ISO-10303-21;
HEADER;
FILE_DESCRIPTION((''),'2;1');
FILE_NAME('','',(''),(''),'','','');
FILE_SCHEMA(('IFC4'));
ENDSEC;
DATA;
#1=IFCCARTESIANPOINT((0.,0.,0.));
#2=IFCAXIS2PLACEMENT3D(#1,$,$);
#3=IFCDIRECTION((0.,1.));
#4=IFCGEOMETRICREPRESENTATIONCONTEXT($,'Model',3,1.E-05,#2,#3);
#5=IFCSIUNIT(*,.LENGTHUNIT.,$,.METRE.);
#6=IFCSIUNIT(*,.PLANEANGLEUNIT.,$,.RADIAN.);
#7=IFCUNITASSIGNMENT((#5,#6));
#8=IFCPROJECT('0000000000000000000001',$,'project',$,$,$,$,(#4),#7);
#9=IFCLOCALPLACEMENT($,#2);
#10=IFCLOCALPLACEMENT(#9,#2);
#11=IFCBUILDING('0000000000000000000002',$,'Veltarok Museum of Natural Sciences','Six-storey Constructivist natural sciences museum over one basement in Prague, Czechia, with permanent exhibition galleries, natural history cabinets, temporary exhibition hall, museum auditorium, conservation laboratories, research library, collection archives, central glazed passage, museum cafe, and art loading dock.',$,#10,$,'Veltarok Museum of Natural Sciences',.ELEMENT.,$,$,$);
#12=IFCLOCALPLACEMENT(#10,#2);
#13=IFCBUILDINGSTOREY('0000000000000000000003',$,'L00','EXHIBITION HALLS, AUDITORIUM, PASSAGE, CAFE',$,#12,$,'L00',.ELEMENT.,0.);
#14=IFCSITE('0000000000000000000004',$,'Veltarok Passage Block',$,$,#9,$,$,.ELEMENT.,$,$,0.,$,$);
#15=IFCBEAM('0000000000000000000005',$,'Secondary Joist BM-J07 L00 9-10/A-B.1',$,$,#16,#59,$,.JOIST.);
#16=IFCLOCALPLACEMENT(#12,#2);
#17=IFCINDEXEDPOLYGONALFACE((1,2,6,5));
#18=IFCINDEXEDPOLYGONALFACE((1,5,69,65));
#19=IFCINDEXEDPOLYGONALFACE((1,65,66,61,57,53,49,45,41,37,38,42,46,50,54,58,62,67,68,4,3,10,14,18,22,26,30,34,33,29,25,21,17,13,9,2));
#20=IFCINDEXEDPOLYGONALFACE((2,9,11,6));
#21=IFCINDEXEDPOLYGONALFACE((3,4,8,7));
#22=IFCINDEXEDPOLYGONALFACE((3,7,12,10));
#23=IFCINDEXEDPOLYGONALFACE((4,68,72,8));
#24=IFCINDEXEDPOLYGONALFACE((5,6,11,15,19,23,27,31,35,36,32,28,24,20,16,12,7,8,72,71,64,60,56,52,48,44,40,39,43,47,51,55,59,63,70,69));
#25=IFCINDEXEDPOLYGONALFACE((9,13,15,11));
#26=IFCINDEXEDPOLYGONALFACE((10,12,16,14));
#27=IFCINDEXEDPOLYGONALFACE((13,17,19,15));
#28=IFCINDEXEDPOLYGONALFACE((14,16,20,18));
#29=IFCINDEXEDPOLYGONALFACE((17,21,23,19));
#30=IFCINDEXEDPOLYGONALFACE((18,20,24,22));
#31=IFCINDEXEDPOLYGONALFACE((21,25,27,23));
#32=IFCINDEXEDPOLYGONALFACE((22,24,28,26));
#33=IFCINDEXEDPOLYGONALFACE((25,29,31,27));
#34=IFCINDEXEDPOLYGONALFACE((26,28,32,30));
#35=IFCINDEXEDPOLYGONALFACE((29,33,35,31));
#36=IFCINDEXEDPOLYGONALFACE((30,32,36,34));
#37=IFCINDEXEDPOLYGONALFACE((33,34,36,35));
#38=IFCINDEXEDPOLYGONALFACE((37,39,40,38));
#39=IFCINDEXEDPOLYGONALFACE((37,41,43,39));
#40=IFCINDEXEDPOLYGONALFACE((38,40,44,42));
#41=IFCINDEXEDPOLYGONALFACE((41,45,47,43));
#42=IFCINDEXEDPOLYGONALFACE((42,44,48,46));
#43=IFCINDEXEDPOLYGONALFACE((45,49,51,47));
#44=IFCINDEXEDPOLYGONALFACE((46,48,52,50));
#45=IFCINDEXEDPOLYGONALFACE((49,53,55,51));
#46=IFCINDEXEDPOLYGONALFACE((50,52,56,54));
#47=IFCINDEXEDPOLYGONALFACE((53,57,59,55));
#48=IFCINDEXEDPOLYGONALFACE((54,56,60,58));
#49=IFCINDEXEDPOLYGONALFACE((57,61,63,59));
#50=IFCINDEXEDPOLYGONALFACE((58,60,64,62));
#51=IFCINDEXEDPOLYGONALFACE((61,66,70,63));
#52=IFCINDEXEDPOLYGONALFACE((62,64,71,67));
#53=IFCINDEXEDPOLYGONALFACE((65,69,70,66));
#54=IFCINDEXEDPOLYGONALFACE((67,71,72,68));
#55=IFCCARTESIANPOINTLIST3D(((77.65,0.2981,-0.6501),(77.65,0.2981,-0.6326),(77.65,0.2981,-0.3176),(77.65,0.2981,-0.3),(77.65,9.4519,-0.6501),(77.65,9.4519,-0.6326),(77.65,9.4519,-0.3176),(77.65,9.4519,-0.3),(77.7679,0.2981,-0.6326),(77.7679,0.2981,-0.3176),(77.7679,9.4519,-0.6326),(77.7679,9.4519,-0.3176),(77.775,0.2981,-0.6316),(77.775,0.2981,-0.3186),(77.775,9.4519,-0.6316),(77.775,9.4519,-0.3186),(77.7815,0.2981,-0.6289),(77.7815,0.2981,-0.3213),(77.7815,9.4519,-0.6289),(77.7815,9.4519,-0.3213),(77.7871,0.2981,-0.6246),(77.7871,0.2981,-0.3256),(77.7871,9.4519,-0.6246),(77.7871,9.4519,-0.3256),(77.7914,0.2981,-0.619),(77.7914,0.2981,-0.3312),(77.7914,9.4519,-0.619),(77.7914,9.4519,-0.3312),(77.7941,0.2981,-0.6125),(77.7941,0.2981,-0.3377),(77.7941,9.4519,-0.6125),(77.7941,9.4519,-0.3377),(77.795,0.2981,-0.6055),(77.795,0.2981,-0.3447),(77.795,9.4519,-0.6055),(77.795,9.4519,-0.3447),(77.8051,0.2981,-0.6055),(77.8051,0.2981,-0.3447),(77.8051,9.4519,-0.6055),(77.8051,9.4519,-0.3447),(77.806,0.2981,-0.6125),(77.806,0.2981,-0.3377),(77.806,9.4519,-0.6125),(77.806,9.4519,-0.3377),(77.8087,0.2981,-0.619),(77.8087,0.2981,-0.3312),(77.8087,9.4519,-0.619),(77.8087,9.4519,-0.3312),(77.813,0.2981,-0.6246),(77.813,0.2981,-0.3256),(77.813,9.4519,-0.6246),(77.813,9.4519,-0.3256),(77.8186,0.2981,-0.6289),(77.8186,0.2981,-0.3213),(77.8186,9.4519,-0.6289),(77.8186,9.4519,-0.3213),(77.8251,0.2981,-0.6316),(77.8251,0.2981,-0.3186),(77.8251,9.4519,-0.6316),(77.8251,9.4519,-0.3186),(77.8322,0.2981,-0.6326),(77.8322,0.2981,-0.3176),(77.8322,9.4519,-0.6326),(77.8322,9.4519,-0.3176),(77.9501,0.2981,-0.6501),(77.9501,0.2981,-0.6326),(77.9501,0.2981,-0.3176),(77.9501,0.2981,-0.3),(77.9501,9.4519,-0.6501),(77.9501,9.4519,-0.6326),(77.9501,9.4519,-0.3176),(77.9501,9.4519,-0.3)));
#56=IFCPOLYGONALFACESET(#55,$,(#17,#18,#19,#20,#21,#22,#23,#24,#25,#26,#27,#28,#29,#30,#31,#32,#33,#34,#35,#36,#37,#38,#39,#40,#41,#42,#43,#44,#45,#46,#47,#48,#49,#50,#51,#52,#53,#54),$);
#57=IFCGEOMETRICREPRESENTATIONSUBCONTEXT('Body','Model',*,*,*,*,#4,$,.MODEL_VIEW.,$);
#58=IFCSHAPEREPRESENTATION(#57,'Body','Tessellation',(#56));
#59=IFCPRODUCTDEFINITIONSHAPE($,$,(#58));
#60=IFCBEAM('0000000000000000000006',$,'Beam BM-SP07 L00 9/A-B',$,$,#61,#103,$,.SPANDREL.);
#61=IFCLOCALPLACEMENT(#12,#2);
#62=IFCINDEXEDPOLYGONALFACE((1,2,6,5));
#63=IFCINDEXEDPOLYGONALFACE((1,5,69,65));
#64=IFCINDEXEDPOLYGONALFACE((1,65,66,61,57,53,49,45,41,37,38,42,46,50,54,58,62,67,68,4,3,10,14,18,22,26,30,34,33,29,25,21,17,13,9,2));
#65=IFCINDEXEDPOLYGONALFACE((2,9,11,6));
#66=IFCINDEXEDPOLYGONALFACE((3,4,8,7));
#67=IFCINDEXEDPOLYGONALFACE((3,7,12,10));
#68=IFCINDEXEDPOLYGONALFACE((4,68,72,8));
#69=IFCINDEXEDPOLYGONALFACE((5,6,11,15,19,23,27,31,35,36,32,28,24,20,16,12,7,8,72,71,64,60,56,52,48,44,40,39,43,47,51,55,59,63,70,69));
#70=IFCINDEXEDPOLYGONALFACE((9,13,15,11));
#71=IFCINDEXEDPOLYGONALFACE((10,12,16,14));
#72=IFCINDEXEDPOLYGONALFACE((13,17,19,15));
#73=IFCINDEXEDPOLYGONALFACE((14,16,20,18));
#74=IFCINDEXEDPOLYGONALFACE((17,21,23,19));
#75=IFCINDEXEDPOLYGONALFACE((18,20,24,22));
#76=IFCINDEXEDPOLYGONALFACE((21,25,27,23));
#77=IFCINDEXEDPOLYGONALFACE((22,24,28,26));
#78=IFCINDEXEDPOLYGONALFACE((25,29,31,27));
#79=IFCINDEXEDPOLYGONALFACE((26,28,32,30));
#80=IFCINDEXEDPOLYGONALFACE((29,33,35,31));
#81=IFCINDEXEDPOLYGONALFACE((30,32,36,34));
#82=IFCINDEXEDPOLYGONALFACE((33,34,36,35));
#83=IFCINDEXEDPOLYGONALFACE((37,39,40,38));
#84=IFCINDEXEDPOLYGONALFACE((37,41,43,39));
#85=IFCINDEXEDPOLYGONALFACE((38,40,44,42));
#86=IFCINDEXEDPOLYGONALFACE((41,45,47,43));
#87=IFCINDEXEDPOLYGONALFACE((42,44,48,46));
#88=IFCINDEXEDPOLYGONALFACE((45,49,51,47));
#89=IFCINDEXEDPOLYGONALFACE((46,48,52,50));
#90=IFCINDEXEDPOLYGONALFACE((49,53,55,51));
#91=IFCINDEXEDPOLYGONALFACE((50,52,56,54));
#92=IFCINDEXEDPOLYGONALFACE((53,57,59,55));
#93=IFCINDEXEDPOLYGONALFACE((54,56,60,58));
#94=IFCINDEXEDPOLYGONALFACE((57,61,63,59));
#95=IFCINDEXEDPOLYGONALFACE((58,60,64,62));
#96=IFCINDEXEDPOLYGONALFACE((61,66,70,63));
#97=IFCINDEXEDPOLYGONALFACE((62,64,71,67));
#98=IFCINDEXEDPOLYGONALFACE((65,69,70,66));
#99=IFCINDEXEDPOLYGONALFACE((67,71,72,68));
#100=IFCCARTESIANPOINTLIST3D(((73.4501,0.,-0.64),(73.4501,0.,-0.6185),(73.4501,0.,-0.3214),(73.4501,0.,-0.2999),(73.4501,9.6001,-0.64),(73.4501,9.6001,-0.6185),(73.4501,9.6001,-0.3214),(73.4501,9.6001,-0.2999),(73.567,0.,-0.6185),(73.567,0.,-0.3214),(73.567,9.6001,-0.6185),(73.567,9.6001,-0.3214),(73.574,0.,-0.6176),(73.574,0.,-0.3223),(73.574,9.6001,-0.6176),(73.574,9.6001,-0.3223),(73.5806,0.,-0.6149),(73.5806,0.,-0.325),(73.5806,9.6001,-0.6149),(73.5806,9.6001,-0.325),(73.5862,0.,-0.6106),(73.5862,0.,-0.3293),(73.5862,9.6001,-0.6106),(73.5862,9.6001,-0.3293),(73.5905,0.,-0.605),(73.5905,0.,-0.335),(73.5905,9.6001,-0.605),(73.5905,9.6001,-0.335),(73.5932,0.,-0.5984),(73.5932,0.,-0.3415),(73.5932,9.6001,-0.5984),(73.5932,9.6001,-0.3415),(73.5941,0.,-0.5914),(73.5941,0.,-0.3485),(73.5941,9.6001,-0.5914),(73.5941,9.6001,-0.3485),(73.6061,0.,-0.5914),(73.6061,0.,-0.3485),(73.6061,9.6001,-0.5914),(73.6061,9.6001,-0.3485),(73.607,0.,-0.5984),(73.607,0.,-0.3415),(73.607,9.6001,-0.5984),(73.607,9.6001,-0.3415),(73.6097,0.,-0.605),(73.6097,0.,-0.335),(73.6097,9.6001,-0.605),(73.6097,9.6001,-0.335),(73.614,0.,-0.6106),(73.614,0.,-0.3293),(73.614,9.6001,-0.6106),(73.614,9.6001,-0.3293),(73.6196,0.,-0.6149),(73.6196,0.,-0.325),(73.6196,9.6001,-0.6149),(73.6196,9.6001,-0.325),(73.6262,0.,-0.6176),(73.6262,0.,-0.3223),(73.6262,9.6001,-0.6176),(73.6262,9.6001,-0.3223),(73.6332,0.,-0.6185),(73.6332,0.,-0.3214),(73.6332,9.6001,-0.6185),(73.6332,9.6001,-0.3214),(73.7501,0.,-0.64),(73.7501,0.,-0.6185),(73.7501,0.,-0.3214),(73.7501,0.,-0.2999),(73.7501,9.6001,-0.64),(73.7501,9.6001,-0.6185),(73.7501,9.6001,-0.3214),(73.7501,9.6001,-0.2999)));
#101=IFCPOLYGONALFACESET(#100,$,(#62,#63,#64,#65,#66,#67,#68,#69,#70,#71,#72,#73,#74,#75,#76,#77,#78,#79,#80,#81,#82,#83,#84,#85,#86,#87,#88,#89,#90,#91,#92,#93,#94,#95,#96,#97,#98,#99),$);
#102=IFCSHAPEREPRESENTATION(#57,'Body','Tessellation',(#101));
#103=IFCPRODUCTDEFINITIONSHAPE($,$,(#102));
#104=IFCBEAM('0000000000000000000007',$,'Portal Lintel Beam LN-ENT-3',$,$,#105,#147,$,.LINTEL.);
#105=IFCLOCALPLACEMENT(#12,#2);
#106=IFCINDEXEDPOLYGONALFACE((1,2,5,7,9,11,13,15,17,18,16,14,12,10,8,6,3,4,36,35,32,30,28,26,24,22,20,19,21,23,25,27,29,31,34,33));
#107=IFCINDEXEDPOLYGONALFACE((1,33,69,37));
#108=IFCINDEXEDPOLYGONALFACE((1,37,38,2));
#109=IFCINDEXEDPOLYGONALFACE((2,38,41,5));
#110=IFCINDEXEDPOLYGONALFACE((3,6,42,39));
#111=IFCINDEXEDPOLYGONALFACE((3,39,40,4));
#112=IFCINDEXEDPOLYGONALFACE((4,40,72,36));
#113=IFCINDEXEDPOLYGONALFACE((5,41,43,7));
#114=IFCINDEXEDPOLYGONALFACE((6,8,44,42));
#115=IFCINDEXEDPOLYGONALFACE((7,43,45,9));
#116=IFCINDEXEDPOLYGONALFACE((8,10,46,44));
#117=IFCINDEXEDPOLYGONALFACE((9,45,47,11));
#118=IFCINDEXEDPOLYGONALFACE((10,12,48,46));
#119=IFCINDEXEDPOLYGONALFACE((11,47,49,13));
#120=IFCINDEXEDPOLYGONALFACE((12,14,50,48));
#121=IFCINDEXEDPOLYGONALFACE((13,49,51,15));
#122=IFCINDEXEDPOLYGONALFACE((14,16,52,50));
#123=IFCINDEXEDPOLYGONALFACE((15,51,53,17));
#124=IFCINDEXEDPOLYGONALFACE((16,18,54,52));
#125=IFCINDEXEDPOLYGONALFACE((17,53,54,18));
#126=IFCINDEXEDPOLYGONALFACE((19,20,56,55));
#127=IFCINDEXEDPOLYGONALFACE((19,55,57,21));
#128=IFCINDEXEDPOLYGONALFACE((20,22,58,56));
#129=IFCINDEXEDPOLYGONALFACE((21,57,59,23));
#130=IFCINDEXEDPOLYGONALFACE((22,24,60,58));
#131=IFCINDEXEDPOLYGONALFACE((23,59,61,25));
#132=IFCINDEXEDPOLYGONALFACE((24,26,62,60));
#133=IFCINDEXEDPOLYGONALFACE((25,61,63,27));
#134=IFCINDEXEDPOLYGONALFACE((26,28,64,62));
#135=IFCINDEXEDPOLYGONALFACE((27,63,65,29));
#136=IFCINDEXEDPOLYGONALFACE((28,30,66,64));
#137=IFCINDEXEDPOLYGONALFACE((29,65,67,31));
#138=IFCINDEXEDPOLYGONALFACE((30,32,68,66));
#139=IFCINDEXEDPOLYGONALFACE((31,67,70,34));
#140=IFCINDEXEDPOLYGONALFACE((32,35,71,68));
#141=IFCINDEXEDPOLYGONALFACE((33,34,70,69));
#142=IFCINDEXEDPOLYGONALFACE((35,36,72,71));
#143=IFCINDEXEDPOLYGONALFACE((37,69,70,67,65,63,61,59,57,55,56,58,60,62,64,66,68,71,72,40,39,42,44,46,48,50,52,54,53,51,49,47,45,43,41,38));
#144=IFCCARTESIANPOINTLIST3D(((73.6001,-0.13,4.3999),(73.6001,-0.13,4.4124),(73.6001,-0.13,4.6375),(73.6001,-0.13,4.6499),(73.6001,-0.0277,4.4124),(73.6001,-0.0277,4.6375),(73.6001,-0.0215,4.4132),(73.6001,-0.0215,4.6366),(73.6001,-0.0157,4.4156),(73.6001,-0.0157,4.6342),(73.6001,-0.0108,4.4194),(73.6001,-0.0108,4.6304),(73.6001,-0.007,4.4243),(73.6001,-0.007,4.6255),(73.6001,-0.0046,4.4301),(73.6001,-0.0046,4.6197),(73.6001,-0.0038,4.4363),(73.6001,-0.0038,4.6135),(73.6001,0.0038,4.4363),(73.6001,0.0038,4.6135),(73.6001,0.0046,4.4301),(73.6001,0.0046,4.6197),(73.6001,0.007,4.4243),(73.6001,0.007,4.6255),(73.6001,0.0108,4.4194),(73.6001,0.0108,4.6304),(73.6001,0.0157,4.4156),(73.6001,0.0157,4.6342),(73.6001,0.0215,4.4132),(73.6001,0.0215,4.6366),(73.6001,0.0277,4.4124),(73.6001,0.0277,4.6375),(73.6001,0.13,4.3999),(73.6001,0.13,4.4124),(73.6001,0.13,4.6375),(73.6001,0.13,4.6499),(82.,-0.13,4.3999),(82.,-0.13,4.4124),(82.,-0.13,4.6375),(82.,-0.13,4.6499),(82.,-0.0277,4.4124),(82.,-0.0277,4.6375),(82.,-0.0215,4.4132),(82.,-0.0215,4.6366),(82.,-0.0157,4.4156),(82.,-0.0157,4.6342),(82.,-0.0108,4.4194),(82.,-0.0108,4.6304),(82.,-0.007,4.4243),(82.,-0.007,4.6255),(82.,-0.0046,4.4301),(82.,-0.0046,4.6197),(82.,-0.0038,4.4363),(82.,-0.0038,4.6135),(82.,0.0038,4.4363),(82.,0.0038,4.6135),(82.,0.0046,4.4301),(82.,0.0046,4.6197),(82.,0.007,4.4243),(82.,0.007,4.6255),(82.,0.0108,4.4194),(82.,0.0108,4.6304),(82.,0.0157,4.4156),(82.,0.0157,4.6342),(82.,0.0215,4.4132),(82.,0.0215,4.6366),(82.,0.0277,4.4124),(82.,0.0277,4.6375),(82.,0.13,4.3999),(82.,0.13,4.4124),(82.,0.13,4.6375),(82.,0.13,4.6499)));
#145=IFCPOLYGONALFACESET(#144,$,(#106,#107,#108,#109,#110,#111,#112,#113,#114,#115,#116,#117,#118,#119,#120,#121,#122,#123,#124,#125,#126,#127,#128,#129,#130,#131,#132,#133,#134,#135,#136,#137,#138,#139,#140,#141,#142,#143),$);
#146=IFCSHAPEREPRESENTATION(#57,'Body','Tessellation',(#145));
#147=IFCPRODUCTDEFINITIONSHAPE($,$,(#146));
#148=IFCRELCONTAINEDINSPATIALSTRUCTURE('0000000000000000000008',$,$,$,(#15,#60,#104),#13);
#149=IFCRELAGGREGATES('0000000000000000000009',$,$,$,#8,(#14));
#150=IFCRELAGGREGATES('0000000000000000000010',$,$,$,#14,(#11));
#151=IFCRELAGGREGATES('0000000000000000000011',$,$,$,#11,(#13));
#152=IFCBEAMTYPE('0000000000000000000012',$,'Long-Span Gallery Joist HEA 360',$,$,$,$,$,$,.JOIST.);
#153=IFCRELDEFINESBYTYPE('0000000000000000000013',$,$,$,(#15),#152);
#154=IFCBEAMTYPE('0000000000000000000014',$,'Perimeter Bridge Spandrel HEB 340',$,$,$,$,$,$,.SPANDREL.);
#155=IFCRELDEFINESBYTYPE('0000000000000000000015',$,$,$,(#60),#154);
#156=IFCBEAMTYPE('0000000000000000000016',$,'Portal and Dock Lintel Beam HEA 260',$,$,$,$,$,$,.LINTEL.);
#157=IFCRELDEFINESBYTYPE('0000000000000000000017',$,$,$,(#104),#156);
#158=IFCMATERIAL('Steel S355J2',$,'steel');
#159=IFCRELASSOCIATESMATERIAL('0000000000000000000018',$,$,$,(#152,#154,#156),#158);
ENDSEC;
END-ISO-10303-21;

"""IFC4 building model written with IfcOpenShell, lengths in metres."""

from ifc_helpers import new_model, si_unit, direction, frame, origin, origin_2d, place, context, subcontext, project, spatial, i_section, extrude, material, material_profile, profile_set, type_object, element, save


model = new_model("IFC4")

# Units and contexts
model_context = context("Model", 3, precision=1e-05, world=origin(), true_north=direction((0.0, 1.0)))
body_context = subcontext(model_context, "Body", "Model", "MODEL_VIEW")
ifc_project = project(units=[si_unit("LENGTHUNIT", "METRE"), si_unit("PLANEANGLEUNIT", "RADIAN")], contexts=[model_context])

# Site, building, storey
site_placement = place(None, origin())
site = spatial("IfcSite", under=ifc_project, at=site_placement, Name="Veltarok Passage Block", CompositionType="ELEMENT", RefElevation=0.0)
building_placement = place(site_placement, origin())
building = spatial("IfcBuilding", under=site, at=building_placement, Name="Veltarok Museum of Natural Sciences", Description="Six-storey Constructivist natural sciences museum over one basement in Prague, Czechia, with permanent exhibition galleries, natural history cabinets, temporary exhibition hall, museum auditorium, conservation laboratories, research library, collection archives, central glazed passage, museum cafe, and art loading dock.", LongName="Veltarok Museum of Natural Sciences", CompositionType="ELEMENT")
storey_placement = place(building_placement, origin())
storey = spatial("IfcBuildingStorey", under=building, at=storey_placement, Name="L00", Description="EXHIBITION HALLS, AUDITORIUM, PASSAGE, CAFE", LongName="L00", CompositionType="ELEMENT", Elevation=0.0)

# Shared definitions
ifc_material_1 = material(Name="Steel S355J2", Category="steel")

# Beams
ifc_material_profile_1 = material_profile(ifc_material_1, i_section(OverallWidth=0.3, OverallDepth=0.3501, WebThickness=0.01, FlangeThickness=0.0176, FilletRadius=0.0271, at=origin_2d()), Name="HEA 360")
ifc_profile_set_1 = profile_set([ifc_material_profile_1], Name="Steel S355J2")
beam_type_1 = type_object("IfcBeamType", Name="Long-Span Gallery Joist HEA 360", PredefinedType="JOIST", material=ifc_profile_set_1)
for number, where, z_axis, x_axis, name in (
    (1, (77.8, 0.2981, -0.4751), (0.0, 1.0, 0.0), (-1.0, 0.0, 0.0), "Secondary Joist BM-J07 L00 9-10/A-B.1"),
):
    element("IfcBeam", number, at=place(storey_placement, frame(where, z_axis=z_axis, x_axis=x_axis)), inside=storey, type_object=beam_type_1, Name=name, PredefinedType="JOIST", context=body_context, shape_type="SweptSolid", body=[
        extrude(i_section(OverallWidth=0.3, OverallDepth=0.3501, WebThickness=0.01, FlangeThickness=0.0176, FilletRadius=0.0271, at=origin_2d()), origin(), (0.0, 0.0, 1.0), 9.1538),
    ])
ifc_material_profile_2 = material_profile(ifc_material_1, i_section(OverallWidth=0.3, OverallDepth=0.3401, WebThickness=0.012, FlangeThickness=0.0215, FilletRadius=0.0271, at=origin_2d()), Name="HEB 340")
ifc_profile_set_2 = profile_set([ifc_material_profile_2], Name="Steel S355J2")
beam_type_2 = type_object("IfcBeamType", Name="Perimeter Bridge Spandrel HEB 340", PredefinedType="SPANDREL", material=ifc_profile_set_2)
beam_1_placement = place(storey_placement, frame((73.6001, 0.0, -0.47), z_axis=(0.0, 1.0, 0.0), x_axis=(-1.0, 0.0, 0.0)))
element("IfcBeam", 2, at=beam_1_placement, inside=storey, type_object=beam_type_2, Name="Beam BM-SP07 L00 9/A-B", PredefinedType="SPANDREL", context=body_context, shape_type="SweptSolid", body=[
    extrude(i_section(OverallWidth=0.3, OverallDepth=0.3401, WebThickness=0.012, FlangeThickness=0.0215, FilletRadius=0.0271, at=origin_2d()), origin(), (0.0, 0.0, 1.0), 9.6001),
])
ifc_material_profile_3 = material_profile(ifc_material_1, i_section(OverallWidth=0.26, OverallDepth=0.25, WebThickness=0.0076, FlangeThickness=0.0125, FilletRadius=0.0239, at=origin_2d()), Name="HEA 260")
ifc_profile_set_3 = profile_set([ifc_material_profile_3], Name="Steel S355J2")
beam_type_3 = type_object("IfcBeamType", Name="Portal and Dock Lintel Beam HEA 260", PredefinedType="LINTEL", material=ifc_profile_set_3)
beam_2_placement = place(storey_placement, frame((73.6001, 0.0, 4.5249), z_axis=(1.0, 0.0, 0.0), x_axis=(0.0, 1.0, 0.0)))
element("IfcBeam", 3, at=beam_2_placement, inside=storey, type_object=beam_type_3, Name="Portal Lintel Beam LN-ENT-3", PredefinedType="LINTEL", context=body_context, shape_type="SweptSolid", body=[
    extrude(i_section(OverallWidth=0.26, OverallDepth=0.25, WebThickness=0.0076, FlangeThickness=0.0125, FilletRadius=0.0239, at=origin_2d()), origin(), (0.0, 0.0, 1.0), 8.3999),
])

save(model, "model.ifc")
